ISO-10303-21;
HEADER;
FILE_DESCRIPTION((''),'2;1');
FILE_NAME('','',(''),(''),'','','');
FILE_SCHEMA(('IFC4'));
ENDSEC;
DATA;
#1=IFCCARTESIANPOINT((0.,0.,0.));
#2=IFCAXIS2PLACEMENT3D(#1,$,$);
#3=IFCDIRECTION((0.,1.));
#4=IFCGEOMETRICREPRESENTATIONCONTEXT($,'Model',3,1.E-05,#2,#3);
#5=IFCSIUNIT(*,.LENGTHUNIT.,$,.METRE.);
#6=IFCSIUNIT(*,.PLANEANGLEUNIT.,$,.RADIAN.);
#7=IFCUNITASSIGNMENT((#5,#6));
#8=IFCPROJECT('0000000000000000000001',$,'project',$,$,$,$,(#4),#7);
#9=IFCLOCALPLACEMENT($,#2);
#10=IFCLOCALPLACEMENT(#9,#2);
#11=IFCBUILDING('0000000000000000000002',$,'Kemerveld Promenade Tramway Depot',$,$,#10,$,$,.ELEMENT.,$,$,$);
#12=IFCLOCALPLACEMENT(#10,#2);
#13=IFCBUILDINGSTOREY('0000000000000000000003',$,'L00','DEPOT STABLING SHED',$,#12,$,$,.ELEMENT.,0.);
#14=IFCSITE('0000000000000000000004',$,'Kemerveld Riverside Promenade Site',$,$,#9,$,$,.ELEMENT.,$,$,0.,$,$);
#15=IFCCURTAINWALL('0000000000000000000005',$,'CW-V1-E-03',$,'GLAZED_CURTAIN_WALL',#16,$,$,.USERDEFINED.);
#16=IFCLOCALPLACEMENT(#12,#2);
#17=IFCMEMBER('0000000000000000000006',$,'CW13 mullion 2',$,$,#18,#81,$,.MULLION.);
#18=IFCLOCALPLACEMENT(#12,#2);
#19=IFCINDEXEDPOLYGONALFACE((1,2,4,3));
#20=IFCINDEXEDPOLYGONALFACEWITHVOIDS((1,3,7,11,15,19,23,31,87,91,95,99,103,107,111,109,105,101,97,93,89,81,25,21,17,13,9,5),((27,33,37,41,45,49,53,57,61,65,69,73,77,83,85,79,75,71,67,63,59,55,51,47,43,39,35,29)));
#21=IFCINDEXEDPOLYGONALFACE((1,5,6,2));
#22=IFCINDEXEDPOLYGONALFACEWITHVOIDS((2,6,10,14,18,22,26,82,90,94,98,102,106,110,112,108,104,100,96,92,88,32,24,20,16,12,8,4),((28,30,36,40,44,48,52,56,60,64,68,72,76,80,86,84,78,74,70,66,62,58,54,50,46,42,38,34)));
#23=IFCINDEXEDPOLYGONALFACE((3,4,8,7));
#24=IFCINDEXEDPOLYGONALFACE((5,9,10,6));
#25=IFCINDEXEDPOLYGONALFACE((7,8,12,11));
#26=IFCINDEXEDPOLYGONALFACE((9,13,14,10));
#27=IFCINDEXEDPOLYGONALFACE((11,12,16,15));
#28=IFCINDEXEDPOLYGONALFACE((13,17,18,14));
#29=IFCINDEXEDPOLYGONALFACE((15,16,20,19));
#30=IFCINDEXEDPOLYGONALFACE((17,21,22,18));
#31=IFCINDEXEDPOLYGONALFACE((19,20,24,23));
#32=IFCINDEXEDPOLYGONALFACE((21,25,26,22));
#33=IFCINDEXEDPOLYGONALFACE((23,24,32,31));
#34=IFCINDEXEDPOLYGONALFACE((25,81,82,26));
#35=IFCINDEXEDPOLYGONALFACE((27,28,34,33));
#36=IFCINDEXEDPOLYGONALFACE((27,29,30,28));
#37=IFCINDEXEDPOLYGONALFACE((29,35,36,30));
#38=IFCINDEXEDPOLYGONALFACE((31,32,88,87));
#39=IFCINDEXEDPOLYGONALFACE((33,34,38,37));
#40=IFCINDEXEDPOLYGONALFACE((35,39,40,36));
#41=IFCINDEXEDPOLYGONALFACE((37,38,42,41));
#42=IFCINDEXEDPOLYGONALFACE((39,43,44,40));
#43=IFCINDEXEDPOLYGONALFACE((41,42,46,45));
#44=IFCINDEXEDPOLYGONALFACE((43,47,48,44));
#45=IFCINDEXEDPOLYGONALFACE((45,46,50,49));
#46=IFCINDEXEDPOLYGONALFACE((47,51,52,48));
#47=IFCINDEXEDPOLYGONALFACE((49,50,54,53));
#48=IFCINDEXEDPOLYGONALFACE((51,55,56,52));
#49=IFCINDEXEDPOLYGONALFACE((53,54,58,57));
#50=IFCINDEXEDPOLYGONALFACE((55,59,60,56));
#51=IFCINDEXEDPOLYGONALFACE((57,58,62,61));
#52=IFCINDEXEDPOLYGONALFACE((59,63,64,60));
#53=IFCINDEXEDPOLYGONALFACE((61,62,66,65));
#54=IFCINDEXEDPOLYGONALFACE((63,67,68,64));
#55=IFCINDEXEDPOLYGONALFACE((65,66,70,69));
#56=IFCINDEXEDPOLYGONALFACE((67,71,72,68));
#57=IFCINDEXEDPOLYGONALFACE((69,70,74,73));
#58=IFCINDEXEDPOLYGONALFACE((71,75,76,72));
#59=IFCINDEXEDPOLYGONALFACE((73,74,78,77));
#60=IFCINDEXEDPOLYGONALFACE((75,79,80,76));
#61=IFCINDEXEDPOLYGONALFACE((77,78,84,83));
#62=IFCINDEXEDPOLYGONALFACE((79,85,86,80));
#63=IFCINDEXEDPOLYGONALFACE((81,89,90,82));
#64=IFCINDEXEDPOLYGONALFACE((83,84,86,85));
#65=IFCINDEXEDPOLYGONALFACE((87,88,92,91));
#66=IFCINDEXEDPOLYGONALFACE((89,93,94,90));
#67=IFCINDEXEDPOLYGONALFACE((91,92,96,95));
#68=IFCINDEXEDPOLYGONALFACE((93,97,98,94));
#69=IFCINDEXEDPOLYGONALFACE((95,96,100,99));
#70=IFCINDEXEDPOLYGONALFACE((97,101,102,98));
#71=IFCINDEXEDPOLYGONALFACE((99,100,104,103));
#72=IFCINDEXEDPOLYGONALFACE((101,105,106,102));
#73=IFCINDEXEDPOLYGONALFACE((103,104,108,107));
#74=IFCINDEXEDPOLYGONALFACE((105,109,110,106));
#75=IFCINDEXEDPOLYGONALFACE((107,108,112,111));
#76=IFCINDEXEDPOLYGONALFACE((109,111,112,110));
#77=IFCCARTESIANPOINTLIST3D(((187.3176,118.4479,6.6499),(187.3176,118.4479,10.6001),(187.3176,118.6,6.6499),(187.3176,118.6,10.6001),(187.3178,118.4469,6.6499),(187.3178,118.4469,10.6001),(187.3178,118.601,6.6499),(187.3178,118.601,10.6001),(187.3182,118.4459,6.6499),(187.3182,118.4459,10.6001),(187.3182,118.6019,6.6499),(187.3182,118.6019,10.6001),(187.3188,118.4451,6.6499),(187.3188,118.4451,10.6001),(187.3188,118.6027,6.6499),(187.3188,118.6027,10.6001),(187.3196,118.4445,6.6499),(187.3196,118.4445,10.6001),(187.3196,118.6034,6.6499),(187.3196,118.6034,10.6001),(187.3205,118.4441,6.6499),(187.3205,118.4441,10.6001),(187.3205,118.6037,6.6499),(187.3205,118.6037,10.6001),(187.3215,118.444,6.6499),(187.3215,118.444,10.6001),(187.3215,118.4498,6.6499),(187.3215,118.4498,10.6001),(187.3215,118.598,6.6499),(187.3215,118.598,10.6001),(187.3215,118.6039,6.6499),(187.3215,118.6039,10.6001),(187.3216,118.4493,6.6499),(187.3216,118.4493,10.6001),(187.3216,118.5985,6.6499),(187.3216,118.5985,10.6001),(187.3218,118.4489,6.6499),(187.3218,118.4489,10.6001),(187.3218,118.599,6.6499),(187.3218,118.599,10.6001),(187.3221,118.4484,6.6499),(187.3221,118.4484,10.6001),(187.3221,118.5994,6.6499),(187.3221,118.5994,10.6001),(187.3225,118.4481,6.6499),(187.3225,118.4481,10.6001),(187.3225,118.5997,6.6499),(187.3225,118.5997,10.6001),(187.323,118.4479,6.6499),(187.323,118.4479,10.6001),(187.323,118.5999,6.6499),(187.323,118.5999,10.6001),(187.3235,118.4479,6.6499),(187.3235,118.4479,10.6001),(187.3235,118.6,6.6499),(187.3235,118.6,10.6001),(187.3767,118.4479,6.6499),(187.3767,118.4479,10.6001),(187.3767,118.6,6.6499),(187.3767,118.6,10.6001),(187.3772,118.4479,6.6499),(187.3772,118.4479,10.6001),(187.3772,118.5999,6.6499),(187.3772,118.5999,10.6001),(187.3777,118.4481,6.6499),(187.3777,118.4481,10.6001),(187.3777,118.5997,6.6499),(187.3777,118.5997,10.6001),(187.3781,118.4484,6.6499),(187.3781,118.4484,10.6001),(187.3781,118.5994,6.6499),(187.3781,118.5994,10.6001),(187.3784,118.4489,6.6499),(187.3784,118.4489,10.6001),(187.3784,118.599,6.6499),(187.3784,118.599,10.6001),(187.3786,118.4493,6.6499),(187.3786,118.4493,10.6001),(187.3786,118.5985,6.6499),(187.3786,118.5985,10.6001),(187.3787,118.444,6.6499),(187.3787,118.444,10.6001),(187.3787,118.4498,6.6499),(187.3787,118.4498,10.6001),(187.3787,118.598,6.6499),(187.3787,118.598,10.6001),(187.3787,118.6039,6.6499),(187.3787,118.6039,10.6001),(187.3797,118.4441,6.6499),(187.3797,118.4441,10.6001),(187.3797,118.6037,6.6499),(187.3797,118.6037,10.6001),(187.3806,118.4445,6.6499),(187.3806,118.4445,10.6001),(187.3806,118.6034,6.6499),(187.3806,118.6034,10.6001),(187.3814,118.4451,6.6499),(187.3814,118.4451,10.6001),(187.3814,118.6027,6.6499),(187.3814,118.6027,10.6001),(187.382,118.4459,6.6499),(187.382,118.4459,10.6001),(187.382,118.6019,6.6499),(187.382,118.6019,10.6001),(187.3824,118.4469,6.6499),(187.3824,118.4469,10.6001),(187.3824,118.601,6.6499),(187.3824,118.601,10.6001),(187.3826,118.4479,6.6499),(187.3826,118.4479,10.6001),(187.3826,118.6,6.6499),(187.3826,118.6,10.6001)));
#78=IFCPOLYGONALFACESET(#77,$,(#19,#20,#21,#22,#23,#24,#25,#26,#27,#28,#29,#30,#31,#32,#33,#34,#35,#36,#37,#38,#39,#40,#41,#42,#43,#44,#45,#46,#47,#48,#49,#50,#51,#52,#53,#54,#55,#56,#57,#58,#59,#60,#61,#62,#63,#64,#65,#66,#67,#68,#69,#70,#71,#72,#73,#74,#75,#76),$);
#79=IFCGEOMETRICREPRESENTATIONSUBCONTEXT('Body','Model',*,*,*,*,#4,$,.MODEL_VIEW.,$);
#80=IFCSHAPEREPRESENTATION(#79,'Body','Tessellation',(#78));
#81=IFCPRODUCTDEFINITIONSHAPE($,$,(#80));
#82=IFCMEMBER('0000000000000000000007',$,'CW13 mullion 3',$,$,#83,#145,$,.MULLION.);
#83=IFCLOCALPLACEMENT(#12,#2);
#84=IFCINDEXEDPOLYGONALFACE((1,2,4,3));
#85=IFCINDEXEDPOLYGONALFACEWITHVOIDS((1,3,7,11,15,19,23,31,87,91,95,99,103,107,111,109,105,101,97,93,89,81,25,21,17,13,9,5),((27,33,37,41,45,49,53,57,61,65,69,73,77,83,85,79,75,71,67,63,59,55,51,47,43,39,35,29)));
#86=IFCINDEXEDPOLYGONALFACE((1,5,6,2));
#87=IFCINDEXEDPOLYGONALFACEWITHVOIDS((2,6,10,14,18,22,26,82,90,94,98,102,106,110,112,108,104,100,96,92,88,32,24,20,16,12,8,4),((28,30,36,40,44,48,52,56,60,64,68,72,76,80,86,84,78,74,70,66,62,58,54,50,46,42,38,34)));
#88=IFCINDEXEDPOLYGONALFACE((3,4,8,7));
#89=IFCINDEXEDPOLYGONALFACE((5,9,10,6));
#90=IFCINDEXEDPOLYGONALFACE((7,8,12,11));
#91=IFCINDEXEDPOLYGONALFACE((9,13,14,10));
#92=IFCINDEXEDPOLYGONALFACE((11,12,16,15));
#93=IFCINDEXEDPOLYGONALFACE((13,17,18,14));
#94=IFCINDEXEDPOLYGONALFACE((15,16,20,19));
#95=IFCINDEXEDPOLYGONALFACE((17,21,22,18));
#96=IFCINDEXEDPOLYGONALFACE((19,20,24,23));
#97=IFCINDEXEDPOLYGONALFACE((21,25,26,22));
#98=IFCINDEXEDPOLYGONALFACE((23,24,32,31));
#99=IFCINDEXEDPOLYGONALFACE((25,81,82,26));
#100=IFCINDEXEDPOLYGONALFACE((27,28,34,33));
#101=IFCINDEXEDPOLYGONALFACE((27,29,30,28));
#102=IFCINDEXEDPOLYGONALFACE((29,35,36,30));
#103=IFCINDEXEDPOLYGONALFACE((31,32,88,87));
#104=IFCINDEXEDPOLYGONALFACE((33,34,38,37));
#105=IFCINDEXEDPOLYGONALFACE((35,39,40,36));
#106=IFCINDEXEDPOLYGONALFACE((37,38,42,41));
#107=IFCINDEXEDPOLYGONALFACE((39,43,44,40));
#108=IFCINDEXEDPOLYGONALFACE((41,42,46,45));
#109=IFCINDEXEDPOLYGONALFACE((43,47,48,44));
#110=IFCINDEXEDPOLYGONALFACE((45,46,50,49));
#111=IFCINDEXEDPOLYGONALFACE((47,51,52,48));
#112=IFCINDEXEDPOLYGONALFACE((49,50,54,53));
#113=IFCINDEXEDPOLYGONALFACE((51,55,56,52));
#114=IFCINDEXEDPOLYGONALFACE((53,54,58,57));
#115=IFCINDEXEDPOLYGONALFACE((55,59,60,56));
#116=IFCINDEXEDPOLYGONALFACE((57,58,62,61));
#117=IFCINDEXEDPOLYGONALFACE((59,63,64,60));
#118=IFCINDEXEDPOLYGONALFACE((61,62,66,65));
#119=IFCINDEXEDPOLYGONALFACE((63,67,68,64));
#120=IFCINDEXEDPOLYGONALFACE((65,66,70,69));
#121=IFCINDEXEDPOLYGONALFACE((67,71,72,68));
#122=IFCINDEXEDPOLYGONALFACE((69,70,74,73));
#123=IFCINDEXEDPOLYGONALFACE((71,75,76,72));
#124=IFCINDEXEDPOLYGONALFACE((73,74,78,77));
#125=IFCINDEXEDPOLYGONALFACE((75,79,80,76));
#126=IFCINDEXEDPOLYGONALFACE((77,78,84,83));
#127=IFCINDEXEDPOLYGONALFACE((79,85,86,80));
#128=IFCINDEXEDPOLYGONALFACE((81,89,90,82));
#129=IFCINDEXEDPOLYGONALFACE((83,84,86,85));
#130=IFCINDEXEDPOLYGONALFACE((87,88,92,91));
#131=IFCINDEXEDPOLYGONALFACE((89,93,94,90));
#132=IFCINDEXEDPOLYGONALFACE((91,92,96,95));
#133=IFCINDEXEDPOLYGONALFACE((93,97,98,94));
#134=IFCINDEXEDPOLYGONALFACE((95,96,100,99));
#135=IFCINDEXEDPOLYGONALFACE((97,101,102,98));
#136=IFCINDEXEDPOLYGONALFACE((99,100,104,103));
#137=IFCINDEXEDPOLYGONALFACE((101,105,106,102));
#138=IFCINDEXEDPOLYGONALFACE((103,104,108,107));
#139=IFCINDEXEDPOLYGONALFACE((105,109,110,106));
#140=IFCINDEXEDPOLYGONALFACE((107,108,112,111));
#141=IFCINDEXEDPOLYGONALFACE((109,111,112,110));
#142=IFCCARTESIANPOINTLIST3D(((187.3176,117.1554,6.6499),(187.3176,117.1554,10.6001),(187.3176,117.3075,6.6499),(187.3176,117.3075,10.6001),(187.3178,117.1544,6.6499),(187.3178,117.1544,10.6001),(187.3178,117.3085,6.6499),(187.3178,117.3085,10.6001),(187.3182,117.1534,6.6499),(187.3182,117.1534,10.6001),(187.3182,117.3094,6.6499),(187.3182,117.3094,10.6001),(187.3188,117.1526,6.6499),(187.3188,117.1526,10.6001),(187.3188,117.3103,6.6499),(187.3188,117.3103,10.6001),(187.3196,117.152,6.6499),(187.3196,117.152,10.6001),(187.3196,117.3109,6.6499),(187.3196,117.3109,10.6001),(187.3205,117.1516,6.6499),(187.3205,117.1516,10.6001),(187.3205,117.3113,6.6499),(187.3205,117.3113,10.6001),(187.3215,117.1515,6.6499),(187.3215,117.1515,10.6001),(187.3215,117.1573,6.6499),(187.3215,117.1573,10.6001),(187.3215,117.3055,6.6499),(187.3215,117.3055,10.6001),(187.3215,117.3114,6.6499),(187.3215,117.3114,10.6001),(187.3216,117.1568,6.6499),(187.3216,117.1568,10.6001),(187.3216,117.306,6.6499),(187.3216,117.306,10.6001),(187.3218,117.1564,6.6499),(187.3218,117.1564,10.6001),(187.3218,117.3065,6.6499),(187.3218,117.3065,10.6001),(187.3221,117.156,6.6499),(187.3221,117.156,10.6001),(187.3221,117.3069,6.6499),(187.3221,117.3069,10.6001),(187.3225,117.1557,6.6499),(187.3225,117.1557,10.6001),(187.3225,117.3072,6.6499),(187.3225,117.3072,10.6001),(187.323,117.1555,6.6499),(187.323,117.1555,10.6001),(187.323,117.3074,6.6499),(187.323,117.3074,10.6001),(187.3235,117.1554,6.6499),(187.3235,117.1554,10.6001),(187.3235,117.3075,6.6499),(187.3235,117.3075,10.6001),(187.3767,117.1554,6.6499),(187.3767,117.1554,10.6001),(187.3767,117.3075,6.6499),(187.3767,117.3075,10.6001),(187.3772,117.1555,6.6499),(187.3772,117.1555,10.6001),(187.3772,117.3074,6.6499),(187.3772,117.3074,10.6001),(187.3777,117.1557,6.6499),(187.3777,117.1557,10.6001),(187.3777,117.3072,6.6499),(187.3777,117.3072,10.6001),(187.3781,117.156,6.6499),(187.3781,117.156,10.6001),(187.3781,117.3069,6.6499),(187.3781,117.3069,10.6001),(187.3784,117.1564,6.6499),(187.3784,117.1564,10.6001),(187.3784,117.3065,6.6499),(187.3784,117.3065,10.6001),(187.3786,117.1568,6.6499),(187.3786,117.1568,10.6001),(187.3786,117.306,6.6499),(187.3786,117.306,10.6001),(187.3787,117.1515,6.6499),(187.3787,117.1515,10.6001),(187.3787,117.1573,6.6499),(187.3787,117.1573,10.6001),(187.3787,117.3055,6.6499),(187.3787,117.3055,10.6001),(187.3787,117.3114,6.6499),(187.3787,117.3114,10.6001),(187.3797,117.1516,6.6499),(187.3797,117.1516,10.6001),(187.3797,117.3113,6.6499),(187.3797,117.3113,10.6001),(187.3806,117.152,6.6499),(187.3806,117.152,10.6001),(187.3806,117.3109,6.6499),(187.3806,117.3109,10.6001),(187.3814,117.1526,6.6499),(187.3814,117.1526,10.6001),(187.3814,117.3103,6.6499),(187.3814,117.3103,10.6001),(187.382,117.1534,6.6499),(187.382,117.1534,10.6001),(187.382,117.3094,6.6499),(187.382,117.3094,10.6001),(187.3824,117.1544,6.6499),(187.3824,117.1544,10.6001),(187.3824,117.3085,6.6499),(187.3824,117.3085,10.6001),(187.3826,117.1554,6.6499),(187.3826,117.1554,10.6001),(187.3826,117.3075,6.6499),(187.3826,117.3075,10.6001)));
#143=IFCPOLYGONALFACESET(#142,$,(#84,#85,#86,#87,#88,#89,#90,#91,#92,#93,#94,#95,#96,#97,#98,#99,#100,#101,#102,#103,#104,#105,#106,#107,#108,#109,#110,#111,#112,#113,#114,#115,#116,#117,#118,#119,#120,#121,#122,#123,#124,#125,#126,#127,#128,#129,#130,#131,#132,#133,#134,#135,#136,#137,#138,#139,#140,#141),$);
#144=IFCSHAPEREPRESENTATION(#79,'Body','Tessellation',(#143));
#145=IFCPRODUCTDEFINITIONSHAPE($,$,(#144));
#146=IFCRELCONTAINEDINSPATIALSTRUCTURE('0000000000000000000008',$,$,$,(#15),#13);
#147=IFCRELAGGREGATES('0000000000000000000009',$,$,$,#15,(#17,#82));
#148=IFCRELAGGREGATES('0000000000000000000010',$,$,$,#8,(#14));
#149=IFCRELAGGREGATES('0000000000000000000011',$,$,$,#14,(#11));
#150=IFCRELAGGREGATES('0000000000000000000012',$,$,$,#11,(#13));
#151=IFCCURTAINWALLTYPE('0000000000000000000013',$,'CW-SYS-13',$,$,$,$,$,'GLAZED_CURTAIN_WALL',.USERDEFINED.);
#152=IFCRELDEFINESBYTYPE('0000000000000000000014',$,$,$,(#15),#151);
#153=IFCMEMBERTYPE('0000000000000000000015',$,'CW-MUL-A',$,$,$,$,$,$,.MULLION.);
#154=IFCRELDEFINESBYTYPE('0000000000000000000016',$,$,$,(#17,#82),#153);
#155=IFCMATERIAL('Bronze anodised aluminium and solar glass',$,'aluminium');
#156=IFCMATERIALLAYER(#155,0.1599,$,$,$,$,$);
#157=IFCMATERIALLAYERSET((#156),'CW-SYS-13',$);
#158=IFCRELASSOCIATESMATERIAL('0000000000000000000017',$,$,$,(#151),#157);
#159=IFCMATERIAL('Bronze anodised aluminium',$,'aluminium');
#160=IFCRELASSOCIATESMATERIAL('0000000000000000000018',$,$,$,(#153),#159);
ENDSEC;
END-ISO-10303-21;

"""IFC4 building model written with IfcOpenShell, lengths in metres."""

from ifc_helpers import new_model, si_unit, direction, frame, origin, origin_2d, place, context, subcontext, project, spatial, hollow_rectangle, extrude, material, layer, layer_set, material_profile, profile_set, type_object, element, aggregate, save


model = new_model("IFC4")

# Units and contexts
model_context = context("Model", 3, precision=1e-05, world=origin(), true_north=direction((0.0, 1.0)))
body_context = subcontext(model_context, "Body", "Model", "MODEL_VIEW")
ifc_project = project(units=[si_unit("LENGTHUNIT", "METRE"), si_unit("PLANEANGLEUNIT", "RADIAN")], contexts=[model_context])

# Site, building, storey
site_placement = place(None, origin())
site = spatial("IfcSite", under=ifc_project, at=site_placement, Name="Kemerveld Riverside Promenade Site", CompositionType="ELEMENT", RefElevation=0.0)
building_placement = place(site_placement, origin())
building = spatial("IfcBuilding", under=site, at=building_placement, Name="Kemerveld Promenade Tramway Depot", CompositionType="ELEMENT")
storey_placement = place(building_placement, origin())
storey = spatial("IfcBuildingStorey", under=building, at=storey_placement, Name="L00", Description="DEPOT STABLING SHED", CompositionType="ELEMENT", Elevation=0.0)

# Curtain wall, members
ifc_material_1 = material(Name="Bronze anodised aluminium and solar glass", Category="aluminium")
ifc_layer_1 = layer(ifc_material_1, 0.1599)
ifc_layer_set_1 = layer_set([ifc_layer_1], Name="CW-SYS-13")
curtain_wall_type = type_object("IfcCurtainWallType", Name="CW-SYS-13", ElementType="GLAZED_CURTAIN_WALL", PredefinedType="USERDEFINED", material=ifc_layer_set_1)
curtain_wall_placement = place(storey_placement, origin())
curtain_wall = element("IfcCurtainWall", 1, at=curtain_wall_placement, inside=storey, type_object=curtain_wall_type, Name="CW-V1-E-03", ObjectType="GLAZED_CURTAIN_WALL", PredefinedType="USERDEFINED")
ifc_material_2 = material(Name="Bronze anodised aluminium", Category="aluminium")
ifc_material_profile_1 = material_profile(ifc_material_2, hollow_rectangle(XDim=0.0649, YDim=0.1599, WallThickness=0.0039, InnerFilletRadius=0.002, OuterFilletRadius=0.0039, at=origin_2d()), Name="CW-MUL-160x65")
ifc_profile_set_1 = profile_set([ifc_material_profile_1], Name="Bronze anodised aluminium")
member_type_1 = type_object("IfcMemberType", Name="CW-MUL-A", PredefinedType="MULLION", material=ifc_profile_set_1)
member_1_placement = place(storey_placement, frame((187.3501, 118.5239, 6.6499), z_axis=(0.0, 0.0, 1.0), x_axis=(1.0, 0.0, 0.0)))
member_1 = element("IfcMember", 2, at=member_1_placement, type_object=member_type_1, Name="CW13 mullion 2", PredefinedType="MULLION", context=body_context, shape_type="SweptSolid", body=[
    extrude(hollow_rectangle(XDim=0.0649, YDim=0.1599, WallThickness=0.0039, InnerFilletRadius=0.002, OuterFilletRadius=0.0039, at=origin_2d()), origin(), (0.0, 0.0, 1.0), 3.9502),
])
member_2_placement = place(storey_placement, frame((187.3501, 117.2314, 6.6499), z_axis=(0.0, 0.0, 1.0), x_axis=(1.0, 0.0, 0.0)))
member_2 = element("IfcMember", 3, at=member_2_placement, type_object=member_type_1, Name="CW13 mullion 3", PredefinedType="MULLION", context=body_context, shape_type="SweptSolid", body=[
    extrude(hollow_rectangle(XDim=0.0649, YDim=0.1599, WallThickness=0.0039, InnerFilletRadius=0.002, OuterFilletRadius=0.0039, at=origin_2d()), origin(), (0.0, 0.0, 1.0), 3.9502),
])
aggregate(curtain_wall, [member_1, member_2])

save(model, "model.ifc")
